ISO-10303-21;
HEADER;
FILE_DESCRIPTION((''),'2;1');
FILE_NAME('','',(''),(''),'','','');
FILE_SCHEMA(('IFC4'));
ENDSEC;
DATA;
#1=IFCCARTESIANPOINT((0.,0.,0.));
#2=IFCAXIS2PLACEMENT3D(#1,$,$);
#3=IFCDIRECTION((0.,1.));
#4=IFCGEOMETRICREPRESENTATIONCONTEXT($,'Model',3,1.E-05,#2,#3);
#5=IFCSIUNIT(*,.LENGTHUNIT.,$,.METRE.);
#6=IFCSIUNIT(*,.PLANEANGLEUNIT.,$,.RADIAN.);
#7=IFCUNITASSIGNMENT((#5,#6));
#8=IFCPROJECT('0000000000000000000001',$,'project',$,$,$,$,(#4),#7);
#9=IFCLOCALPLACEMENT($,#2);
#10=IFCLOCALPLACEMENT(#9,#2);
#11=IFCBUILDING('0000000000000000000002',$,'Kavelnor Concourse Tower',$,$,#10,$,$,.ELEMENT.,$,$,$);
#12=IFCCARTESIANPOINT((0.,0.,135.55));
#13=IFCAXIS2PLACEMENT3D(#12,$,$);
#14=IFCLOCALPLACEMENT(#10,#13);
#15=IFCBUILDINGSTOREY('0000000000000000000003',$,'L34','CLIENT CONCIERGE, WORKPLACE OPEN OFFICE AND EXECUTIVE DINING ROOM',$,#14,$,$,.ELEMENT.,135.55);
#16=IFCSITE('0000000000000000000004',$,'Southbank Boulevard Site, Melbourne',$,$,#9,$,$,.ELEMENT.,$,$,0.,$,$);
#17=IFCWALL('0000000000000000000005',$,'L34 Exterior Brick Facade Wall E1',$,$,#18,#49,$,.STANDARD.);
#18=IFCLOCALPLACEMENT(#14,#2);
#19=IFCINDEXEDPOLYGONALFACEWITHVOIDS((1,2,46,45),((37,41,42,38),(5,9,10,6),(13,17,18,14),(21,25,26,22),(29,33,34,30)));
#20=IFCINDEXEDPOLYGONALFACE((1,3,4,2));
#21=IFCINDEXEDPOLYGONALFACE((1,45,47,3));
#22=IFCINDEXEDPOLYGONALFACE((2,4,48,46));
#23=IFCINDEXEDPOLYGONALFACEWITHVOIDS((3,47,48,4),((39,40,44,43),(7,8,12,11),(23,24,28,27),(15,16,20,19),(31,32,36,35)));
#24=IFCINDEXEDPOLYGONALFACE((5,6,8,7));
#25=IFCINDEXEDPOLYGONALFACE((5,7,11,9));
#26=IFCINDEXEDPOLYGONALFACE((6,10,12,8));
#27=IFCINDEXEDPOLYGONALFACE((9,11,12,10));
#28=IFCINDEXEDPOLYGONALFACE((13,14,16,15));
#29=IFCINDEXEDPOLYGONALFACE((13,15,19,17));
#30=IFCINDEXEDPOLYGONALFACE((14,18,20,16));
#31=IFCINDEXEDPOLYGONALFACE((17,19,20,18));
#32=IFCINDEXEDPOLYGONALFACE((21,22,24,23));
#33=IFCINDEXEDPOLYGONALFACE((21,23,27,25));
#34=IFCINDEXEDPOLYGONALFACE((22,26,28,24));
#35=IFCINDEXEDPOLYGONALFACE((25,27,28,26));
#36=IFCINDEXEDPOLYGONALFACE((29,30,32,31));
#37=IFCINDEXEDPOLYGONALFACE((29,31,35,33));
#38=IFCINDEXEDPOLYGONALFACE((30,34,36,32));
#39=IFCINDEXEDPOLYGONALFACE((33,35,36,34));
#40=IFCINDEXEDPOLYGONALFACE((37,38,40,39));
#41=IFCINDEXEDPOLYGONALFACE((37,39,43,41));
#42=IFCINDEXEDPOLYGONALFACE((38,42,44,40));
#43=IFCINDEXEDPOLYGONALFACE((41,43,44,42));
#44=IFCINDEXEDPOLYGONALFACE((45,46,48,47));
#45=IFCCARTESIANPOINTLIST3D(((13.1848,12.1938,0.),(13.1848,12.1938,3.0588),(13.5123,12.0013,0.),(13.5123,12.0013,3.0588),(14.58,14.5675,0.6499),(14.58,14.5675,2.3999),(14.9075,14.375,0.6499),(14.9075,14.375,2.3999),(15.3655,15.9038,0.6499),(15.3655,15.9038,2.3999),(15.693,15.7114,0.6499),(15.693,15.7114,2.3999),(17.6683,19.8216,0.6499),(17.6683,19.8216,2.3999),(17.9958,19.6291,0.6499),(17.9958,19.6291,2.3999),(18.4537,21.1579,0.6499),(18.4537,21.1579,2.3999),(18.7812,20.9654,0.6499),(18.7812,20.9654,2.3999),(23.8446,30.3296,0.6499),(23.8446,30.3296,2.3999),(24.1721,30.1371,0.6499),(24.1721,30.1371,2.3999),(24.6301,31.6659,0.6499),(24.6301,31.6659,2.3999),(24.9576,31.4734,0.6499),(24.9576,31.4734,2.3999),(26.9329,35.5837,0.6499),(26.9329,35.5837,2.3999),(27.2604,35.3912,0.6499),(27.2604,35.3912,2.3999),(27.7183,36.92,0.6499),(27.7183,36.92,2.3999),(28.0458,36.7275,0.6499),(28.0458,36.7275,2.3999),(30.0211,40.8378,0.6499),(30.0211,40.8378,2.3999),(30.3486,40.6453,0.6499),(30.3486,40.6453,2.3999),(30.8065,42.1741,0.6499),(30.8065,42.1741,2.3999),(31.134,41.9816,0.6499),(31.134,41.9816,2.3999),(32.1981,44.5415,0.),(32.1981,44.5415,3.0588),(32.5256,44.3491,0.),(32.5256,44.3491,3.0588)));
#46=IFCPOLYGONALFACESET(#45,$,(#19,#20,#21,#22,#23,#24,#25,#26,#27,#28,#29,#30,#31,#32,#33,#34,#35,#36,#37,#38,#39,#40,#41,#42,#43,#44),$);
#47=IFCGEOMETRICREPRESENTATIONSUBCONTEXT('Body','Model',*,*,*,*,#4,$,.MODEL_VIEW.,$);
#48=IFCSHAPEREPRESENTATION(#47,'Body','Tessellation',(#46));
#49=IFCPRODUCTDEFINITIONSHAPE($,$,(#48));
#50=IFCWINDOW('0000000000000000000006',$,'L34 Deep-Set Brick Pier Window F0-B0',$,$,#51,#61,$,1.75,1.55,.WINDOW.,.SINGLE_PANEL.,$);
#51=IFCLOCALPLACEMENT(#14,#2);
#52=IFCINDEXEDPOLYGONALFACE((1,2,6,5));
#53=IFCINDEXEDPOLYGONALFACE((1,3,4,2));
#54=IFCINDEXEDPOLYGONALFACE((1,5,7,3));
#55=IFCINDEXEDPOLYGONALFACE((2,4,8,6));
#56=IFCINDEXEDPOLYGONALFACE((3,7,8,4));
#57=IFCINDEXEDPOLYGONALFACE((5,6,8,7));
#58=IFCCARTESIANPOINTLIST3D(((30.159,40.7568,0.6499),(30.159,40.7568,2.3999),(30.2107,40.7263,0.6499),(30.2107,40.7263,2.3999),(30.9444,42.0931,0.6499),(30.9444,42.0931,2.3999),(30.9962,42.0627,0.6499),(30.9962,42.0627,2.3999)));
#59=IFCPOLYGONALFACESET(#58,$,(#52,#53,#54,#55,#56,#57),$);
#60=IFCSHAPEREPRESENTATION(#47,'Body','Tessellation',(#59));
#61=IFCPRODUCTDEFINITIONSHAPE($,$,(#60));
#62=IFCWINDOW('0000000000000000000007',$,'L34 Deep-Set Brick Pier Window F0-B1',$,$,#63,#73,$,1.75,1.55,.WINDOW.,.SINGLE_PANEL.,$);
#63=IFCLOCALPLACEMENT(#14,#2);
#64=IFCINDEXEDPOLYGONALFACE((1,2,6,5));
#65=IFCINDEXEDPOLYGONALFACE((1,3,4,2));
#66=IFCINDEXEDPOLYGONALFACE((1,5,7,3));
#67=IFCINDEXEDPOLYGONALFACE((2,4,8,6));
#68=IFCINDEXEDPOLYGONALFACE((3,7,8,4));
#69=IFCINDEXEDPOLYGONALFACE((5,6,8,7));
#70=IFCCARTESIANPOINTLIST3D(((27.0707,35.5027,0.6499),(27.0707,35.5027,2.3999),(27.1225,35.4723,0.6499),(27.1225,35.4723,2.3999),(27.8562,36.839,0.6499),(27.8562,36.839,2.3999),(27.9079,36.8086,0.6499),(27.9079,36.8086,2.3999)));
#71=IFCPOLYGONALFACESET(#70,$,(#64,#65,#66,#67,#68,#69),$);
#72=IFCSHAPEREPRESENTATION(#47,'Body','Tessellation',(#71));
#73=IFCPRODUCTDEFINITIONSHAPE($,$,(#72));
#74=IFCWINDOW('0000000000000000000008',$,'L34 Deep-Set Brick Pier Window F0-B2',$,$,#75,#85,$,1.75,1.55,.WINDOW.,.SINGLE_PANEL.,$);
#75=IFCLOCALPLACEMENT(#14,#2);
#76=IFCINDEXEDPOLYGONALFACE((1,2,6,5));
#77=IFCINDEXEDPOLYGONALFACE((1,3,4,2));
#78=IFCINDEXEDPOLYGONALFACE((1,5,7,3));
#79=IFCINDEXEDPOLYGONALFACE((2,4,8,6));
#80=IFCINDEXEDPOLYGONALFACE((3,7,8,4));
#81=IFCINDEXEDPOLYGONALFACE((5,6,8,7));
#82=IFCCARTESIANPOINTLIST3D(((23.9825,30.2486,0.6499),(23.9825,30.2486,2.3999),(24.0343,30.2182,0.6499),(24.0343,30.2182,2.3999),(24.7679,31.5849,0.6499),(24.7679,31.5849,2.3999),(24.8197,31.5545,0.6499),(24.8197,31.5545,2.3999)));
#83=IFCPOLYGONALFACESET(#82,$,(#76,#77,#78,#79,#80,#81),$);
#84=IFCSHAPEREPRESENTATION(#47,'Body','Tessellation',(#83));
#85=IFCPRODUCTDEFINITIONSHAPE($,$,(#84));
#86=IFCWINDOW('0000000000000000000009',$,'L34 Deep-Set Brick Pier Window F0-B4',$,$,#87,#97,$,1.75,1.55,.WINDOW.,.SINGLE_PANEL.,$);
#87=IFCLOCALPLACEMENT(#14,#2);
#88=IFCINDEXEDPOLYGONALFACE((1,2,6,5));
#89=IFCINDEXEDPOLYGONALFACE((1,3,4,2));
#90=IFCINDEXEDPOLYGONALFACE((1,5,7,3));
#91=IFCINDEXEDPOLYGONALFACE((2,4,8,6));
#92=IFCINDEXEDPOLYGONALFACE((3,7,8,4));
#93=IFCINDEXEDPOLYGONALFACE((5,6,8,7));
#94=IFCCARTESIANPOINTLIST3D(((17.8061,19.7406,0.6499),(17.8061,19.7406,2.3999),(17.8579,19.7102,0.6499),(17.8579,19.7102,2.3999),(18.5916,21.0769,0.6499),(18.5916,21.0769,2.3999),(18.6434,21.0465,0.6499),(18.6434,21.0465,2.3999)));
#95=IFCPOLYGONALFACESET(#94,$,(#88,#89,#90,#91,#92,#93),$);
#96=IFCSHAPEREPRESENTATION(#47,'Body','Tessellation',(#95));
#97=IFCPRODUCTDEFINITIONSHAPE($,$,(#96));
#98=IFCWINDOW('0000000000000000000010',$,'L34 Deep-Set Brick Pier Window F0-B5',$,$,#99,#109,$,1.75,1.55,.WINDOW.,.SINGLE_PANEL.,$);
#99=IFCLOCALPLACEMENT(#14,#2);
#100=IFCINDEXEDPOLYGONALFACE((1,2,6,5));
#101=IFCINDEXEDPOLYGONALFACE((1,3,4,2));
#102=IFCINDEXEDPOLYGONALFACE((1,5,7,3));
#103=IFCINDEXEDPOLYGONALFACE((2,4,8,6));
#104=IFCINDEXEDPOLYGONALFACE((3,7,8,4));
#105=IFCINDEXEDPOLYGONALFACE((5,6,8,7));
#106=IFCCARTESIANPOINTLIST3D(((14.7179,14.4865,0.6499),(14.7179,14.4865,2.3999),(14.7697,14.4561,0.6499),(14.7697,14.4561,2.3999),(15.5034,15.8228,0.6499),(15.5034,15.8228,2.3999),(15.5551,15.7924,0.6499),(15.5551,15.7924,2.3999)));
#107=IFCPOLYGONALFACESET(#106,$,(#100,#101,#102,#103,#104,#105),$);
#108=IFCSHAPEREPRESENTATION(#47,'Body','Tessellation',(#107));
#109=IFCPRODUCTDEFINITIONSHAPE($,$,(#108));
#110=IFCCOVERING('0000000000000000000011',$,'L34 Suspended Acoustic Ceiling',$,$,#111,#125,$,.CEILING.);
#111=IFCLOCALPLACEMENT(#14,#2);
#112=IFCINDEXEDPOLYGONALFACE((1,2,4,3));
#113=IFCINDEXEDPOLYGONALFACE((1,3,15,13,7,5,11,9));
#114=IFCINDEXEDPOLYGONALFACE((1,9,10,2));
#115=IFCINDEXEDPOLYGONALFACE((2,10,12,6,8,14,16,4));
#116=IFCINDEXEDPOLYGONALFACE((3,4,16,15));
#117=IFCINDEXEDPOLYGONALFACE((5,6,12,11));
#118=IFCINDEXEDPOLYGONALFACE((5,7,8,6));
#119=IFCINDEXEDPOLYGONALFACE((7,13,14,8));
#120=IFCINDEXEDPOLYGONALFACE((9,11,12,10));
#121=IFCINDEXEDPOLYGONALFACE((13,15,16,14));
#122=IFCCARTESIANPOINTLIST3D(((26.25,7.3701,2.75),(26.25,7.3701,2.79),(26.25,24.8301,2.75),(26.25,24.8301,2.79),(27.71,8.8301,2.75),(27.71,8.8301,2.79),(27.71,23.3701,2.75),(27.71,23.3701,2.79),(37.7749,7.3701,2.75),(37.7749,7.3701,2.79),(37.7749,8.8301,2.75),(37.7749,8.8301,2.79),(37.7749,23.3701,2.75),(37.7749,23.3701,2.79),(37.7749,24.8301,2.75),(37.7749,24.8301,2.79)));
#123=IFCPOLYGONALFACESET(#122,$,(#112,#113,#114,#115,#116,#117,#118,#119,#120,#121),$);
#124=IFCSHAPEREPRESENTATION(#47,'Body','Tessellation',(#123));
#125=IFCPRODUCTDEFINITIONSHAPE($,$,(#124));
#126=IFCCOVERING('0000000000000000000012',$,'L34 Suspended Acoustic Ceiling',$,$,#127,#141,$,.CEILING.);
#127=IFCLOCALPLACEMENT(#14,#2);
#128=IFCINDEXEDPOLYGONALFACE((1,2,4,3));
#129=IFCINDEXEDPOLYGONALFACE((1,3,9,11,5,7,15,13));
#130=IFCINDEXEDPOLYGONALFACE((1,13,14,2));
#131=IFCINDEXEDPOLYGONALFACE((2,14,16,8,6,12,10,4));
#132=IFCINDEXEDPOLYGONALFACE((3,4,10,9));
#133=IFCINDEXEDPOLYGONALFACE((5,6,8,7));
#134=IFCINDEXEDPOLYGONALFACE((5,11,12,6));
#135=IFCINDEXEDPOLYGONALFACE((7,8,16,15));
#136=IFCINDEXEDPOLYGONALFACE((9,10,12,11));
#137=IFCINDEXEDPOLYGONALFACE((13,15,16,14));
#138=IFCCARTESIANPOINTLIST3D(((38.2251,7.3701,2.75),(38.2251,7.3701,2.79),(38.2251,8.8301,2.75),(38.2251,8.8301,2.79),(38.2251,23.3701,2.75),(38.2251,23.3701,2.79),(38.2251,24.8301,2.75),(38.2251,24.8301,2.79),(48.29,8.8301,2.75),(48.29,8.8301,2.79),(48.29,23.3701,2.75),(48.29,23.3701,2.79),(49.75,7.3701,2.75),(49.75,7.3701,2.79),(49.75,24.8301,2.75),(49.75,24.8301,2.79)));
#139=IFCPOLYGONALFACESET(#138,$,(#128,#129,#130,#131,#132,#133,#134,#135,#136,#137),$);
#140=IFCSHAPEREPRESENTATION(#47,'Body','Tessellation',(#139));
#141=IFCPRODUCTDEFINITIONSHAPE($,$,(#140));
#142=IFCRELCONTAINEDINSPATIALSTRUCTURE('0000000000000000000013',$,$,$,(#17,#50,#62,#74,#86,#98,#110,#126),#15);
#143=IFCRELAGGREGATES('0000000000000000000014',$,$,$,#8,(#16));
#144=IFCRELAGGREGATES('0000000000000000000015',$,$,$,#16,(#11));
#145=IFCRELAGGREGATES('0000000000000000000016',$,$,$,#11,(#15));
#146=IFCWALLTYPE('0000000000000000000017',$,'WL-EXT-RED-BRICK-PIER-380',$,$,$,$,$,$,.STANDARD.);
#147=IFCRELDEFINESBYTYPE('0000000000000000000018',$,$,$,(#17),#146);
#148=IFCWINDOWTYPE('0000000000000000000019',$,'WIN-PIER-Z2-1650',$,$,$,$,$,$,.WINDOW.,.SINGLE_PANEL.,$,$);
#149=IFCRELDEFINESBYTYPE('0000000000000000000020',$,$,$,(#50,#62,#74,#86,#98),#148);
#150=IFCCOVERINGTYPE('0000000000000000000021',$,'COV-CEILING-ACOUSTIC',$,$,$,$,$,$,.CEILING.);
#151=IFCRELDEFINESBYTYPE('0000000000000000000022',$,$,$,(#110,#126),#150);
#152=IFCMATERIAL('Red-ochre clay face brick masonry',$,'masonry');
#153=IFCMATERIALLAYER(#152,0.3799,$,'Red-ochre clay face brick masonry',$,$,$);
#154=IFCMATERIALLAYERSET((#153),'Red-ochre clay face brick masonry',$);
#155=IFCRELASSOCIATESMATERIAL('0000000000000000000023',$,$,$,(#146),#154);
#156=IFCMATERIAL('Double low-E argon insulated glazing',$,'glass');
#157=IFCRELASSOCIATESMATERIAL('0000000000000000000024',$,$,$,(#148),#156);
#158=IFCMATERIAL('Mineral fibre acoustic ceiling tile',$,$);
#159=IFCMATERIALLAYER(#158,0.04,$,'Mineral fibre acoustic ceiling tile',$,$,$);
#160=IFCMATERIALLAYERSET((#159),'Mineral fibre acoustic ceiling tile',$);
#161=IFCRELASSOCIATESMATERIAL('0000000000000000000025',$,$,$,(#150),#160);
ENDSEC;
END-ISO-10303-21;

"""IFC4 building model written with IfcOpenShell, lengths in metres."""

from ifc_helpers import new_model, si_unit, direction, frame, frame_2d, origin, place, context, subcontext, project, spatial, polyline, rectangle, outline, extrude, material, layer, layer_set, type_object, element, fill, save


model = new_model("IFC4")

# Units and contexts
model_context = context("Model", 3, precision=1e-05, world=origin(), true_north=direction((0.0, 1.0)))
body_context = subcontext(model_context, "Body", "Model", "MODEL_VIEW")
ifc_project = project(units=[si_unit("LENGTHUNIT", "METRE"), si_unit("PLANEANGLEUNIT", "RADIAN")], contexts=[model_context])

# Site, building, storey
site_placement = place(None, origin())
site = spatial("IfcSite", under=ifc_project, at=site_placement, Name="Southbank Boulevard Site, Melbourne", CompositionType="ELEMENT", RefElevation=0.0)
building_placement = place(site_placement, origin())
building = spatial("IfcBuilding", under=site, at=building_placement, Name="Kavelnor Concourse Tower", CompositionType="ELEMENT")
storey_placement = place(building_placement, frame((0.0, 0.0, 135.55)))
storey = spatial("IfcBuildingStorey", under=building, at=storey_placement, Name="L34", Description="CLIENT CONCIERGE, WORKPLACE OPEN OFFICE AND EXECUTIVE DINING ROOM", CompositionType="ELEMENT", Elevation=135.55)

# Wall, openings, windows
ifc_material_1 = material(Name="Red-ochre clay face brick masonry", Category="masonry")
ifc_layer_1 = layer(ifc_material_1, 0.3799, Name="Red-ochre clay face brick masonry")
ifc_layer_set_1 = layer_set([ifc_layer_1], Name="Red-ochre clay face brick masonry")
wall_type = type_object("IfcWallType", Name="WL-EXT-RED-BRICK-PIER-380", PredefinedType="STANDARD", material=ifc_layer_set_1)
wall_placement = place(storey_placement, frame((13.3486, 12.0977, 0.0), z_axis=(0.0, 0.0, 1.0), x_axis=(0.506726, 0.862107, 0.0)))
wall = element("IfcWall", 1, at=wall_placement, inside=storey, type_object=wall_type, Name="L34 Exterior Brick Facade Wall E1", PredefinedType="STANDARD", context=body_context, shape_type="SweptSolid", body=[
    extrude(rectangle(XDim=37.5217, YDim=0.3799, at=frame_2d((18.7607, 0.0))), origin(), (0.0, 0.0, 1.0), 3.0588),
])
opening_1_placement = place(wall_placement, frame((33.2256, 0.0, 0.6499)))
opening_1 = element("IfcOpeningElement", 2, at=opening_1_placement, cuts=wall, PredefinedType="OPENING", context=body_context, shape_type="SweptSolid", body=[
    extrude(rectangle(XDim=1.55, YDim=1.75, at=frame_2d((0.7749, 0.875))), frame((0.0, 0.2, 0.0), z_axis=(0.0, -1.0, 0.0), x_axis=(1.0, 0.0, 0.0)), (0.0, 0.0, 1.0), 0.3999),
])
opening_2_placement = place(wall_placement, frame((27.1311, 0.0, 0.6499)))
opening_2 = element("IfcOpeningElement", 3, at=opening_2_placement, cuts=wall, PredefinedType="OPENING", context=body_context, shape_type="SweptSolid", body=[
    extrude(rectangle(XDim=1.55, YDim=1.75, at=frame_2d((0.7749, 0.875))), frame((0.0, 0.2, 0.0), z_axis=(0.0, -1.0, 0.0), x_axis=(1.0, 0.0, 0.0)), (0.0, 0.0, 1.0), 0.3999),
])
opening_3_placement = place(wall_placement, frame((21.0366, 0.0, 0.6499)))
opening_3 = element("IfcOpeningElement", 4, at=opening_3_placement, cuts=wall, PredefinedType="OPENING", context=body_context, shape_type="SweptSolid", body=[
    extrude(rectangle(XDim=1.55, YDim=1.75, at=frame_2d((0.7749, 0.875))), frame((0.0, 0.2, 0.0), z_axis=(0.0, -1.0, 0.0), x_axis=(1.0, 0.0, 0.0)), (0.0, 0.0, 1.0), 0.3999),
])
opening_4_placement = place(wall_placement, frame((8.8479, 0.0, 0.6499)))
opening_4 = element("IfcOpeningElement", 5, at=opening_4_placement, cuts=wall, PredefinedType="OPENING", context=body_context, shape_type="SweptSolid", body=[
    extrude(rectangle(XDim=1.55, YDim=1.75, at=frame_2d((0.7749, 0.875))), frame((0.0, 0.2, 0.0), z_axis=(0.0, -1.0, 0.0), x_axis=(1.0, 0.0, 0.0)), (0.0, 0.0, 1.0), 0.3999),
])
opening_5_placement = place(wall_placement, frame((2.7534, 0.0, 0.6499)))
opening_5 = element("IfcOpeningElement", 6, at=opening_5_placement, cuts=wall, PredefinedType="OPENING", context=body_context, shape_type="SweptSolid", body=[
    extrude(rectangle(XDim=1.55, YDim=1.75, at=frame_2d((0.7749, 0.875))), frame((0.0, 0.2, 0.0), z_axis=(0.0, -1.0, 0.0), x_axis=(1.0, 0.0, 0.0)), (0.0, 0.0, 1.0), 0.3999),
])
ifc_material_2 = material(Name="Double low-E argon insulated glazing", Category="glass")
window_type = type_object("IfcWindowType", Name="WIN-PIER-Z2-1650", PartitioningType="SINGLE_PANEL", PredefinedType="WINDOW", material=ifc_material_2)
window_1_placement = place(opening_1_placement, origin())
window_1 = element("IfcWindow", 7, at=window_1_placement, inside=storey, type_object=window_type, Name="L34 Deep-Set Brick Pier Window F0-B0", OverallHeight=1.75, OverallWidth=1.55, PartitioningType="SINGLE_PANEL", PredefinedType="WINDOW", context=body_context, shape_type="SweptSolid", body=[
    extrude(rectangle(XDim=1.55, YDim=1.75, at=frame_2d((0.7749, 0.875))), frame((0.0, 0.03, 0.0), z_axis=(0.0, -1.0, 0.0), x_axis=(1.0, 0.0, 0.0)), (0.0, 0.0, 1.0), 0.0601),
])
fill(opening_1, window_1)
window_2_placement = place(opening_2_placement, origin())
window_2 = element("IfcWindow", 8, at=window_2_placement, inside=storey, type_object=window_type, Name="L34 Deep-Set Brick Pier Window F0-B1", OverallHeight=1.75, OverallWidth=1.55, PartitioningType="SINGLE_PANEL", PredefinedType="WINDOW", context=body_context, shape_type="SweptSolid", body=[
    extrude(rectangle(XDim=1.55, YDim=1.75, at=frame_2d((0.7749, 0.875))), frame((0.0, 0.03, 0.0), z_axis=(0.0, -1.0, 0.0), x_axis=(1.0, 0.0, 0.0)), (0.0, 0.0, 1.0), 0.0601),
])
fill(opening_2, window_2)
window_3_placement = place(opening_3_placement, origin())
window_3 = element("IfcWindow", 9, at=window_3_placement, inside=storey, type_object=window_type, Name="L34 Deep-Set Brick Pier Window F0-B2", OverallHeight=1.75, OverallWidth=1.55, PartitioningType="SINGLE_PANEL", PredefinedType="WINDOW", context=body_context, shape_type="SweptSolid", body=[
    extrude(rectangle(XDim=1.55, YDim=1.75, at=frame_2d((0.7749, 0.875))), frame((0.0, 0.03, 0.0), z_axis=(0.0, -1.0, 0.0), x_axis=(1.0, 0.0, 0.0)), (0.0, 0.0, 1.0), 0.0601),
])
fill(opening_3, window_3)
window_4_placement = place(opening_4_placement, origin())
window_4 = element("IfcWindow", 10, at=window_4_placement, inside=storey, type_object=window_type, Name="L34 Deep-Set Brick Pier Window F0-B4", OverallHeight=1.75, OverallWidth=1.55, PartitioningType="SINGLE_PANEL", PredefinedType="WINDOW", context=body_context, shape_type="SweptSolid", body=[
    extrude(rectangle(XDim=1.55, YDim=1.75, at=frame_2d((0.7749, 0.875))), frame((0.0, 0.03, 0.0), z_axis=(0.0, -1.0, 0.0), x_axis=(1.0, 0.0, 0.0)), (0.0, 0.0, 1.0), 0.0601),
])
fill(opening_4, window_4)
window_5_placement = place(opening_5_placement, origin())
window_5 = element("IfcWindow", 11, at=window_5_placement, inside=storey, type_object=window_type, Name="L34 Deep-Set Brick Pier Window F0-B5", OverallHeight=1.75, OverallWidth=1.55, PartitioningType="SINGLE_PANEL", PredefinedType="WINDOW", context=body_context, shape_type="SweptSolid", body=[
    extrude(rectangle(XDim=1.55, YDim=1.75, at=frame_2d((0.7749, 0.875))), frame((0.0, 0.03, 0.0), z_axis=(0.0, -1.0, 0.0), x_axis=(1.0, 0.0, 0.0)), (0.0, 0.0, 1.0), 0.0601),
])
fill(opening_5, window_5)

# Coverings
ifc_material_3 = material(Name="Mineral fibre acoustic ceiling tile")
ifc_layer_2 = layer(ifc_material_3, 0.04, Name="Mineral fibre acoustic ceiling tile")
ifc_layer_set_2 = layer_set([ifc_layer_2], Name="Mineral fibre acoustic ceiling tile")
covering_type = type_object("IfcCoveringType", Name="COV-CEILING-ACOUSTIC", PredefinedType="CEILING", material=ifc_layer_set_2)
covering_1_placement = place(storey_placement, frame((0.0, 0.0, 2.75)))
element("IfcCovering", 12, at=covering_1_placement, inside=storey, type_object=covering_type, Name="L34 Suspended Acoustic Ceiling", PredefinedType="CEILING", context=body_context, shape_type="SweptSolid", body=[
    extrude(outline(polyline([(26.25, 7.3701), (26.25, 24.8301), (37.7749, 24.8301), (37.7749, 23.3701), (27.71, 23.3701), (27.71, 8.8301), (37.7749, 8.8301), (37.7749, 7.3701), (26.25, 7.3701)])), origin(), (0.0, 0.0, 1.0), 0.04),
])
covering_2_placement = place(storey_placement, frame((0.0, 0.0, 2.75)))
element("IfcCovering", 13, at=covering_2_placement, inside=storey, type_object=covering_type, Name="L34 Suspended Acoustic Ceiling", PredefinedType="CEILING", context=body_context, shape_type="SweptSolid", body=[
    extrude(outline(polyline([(49.75, 7.3701), (38.2251, 7.3701), (38.2251, 8.8301), (48.29, 8.8301), (48.29, 23.3701), (38.2251, 23.3701), (38.2251, 24.8301), (49.75, 24.8301), (49.75, 7.3701)])), origin(), (0.0, 0.0, 1.0), 0.04),
])

save(model, "model.ifc")
